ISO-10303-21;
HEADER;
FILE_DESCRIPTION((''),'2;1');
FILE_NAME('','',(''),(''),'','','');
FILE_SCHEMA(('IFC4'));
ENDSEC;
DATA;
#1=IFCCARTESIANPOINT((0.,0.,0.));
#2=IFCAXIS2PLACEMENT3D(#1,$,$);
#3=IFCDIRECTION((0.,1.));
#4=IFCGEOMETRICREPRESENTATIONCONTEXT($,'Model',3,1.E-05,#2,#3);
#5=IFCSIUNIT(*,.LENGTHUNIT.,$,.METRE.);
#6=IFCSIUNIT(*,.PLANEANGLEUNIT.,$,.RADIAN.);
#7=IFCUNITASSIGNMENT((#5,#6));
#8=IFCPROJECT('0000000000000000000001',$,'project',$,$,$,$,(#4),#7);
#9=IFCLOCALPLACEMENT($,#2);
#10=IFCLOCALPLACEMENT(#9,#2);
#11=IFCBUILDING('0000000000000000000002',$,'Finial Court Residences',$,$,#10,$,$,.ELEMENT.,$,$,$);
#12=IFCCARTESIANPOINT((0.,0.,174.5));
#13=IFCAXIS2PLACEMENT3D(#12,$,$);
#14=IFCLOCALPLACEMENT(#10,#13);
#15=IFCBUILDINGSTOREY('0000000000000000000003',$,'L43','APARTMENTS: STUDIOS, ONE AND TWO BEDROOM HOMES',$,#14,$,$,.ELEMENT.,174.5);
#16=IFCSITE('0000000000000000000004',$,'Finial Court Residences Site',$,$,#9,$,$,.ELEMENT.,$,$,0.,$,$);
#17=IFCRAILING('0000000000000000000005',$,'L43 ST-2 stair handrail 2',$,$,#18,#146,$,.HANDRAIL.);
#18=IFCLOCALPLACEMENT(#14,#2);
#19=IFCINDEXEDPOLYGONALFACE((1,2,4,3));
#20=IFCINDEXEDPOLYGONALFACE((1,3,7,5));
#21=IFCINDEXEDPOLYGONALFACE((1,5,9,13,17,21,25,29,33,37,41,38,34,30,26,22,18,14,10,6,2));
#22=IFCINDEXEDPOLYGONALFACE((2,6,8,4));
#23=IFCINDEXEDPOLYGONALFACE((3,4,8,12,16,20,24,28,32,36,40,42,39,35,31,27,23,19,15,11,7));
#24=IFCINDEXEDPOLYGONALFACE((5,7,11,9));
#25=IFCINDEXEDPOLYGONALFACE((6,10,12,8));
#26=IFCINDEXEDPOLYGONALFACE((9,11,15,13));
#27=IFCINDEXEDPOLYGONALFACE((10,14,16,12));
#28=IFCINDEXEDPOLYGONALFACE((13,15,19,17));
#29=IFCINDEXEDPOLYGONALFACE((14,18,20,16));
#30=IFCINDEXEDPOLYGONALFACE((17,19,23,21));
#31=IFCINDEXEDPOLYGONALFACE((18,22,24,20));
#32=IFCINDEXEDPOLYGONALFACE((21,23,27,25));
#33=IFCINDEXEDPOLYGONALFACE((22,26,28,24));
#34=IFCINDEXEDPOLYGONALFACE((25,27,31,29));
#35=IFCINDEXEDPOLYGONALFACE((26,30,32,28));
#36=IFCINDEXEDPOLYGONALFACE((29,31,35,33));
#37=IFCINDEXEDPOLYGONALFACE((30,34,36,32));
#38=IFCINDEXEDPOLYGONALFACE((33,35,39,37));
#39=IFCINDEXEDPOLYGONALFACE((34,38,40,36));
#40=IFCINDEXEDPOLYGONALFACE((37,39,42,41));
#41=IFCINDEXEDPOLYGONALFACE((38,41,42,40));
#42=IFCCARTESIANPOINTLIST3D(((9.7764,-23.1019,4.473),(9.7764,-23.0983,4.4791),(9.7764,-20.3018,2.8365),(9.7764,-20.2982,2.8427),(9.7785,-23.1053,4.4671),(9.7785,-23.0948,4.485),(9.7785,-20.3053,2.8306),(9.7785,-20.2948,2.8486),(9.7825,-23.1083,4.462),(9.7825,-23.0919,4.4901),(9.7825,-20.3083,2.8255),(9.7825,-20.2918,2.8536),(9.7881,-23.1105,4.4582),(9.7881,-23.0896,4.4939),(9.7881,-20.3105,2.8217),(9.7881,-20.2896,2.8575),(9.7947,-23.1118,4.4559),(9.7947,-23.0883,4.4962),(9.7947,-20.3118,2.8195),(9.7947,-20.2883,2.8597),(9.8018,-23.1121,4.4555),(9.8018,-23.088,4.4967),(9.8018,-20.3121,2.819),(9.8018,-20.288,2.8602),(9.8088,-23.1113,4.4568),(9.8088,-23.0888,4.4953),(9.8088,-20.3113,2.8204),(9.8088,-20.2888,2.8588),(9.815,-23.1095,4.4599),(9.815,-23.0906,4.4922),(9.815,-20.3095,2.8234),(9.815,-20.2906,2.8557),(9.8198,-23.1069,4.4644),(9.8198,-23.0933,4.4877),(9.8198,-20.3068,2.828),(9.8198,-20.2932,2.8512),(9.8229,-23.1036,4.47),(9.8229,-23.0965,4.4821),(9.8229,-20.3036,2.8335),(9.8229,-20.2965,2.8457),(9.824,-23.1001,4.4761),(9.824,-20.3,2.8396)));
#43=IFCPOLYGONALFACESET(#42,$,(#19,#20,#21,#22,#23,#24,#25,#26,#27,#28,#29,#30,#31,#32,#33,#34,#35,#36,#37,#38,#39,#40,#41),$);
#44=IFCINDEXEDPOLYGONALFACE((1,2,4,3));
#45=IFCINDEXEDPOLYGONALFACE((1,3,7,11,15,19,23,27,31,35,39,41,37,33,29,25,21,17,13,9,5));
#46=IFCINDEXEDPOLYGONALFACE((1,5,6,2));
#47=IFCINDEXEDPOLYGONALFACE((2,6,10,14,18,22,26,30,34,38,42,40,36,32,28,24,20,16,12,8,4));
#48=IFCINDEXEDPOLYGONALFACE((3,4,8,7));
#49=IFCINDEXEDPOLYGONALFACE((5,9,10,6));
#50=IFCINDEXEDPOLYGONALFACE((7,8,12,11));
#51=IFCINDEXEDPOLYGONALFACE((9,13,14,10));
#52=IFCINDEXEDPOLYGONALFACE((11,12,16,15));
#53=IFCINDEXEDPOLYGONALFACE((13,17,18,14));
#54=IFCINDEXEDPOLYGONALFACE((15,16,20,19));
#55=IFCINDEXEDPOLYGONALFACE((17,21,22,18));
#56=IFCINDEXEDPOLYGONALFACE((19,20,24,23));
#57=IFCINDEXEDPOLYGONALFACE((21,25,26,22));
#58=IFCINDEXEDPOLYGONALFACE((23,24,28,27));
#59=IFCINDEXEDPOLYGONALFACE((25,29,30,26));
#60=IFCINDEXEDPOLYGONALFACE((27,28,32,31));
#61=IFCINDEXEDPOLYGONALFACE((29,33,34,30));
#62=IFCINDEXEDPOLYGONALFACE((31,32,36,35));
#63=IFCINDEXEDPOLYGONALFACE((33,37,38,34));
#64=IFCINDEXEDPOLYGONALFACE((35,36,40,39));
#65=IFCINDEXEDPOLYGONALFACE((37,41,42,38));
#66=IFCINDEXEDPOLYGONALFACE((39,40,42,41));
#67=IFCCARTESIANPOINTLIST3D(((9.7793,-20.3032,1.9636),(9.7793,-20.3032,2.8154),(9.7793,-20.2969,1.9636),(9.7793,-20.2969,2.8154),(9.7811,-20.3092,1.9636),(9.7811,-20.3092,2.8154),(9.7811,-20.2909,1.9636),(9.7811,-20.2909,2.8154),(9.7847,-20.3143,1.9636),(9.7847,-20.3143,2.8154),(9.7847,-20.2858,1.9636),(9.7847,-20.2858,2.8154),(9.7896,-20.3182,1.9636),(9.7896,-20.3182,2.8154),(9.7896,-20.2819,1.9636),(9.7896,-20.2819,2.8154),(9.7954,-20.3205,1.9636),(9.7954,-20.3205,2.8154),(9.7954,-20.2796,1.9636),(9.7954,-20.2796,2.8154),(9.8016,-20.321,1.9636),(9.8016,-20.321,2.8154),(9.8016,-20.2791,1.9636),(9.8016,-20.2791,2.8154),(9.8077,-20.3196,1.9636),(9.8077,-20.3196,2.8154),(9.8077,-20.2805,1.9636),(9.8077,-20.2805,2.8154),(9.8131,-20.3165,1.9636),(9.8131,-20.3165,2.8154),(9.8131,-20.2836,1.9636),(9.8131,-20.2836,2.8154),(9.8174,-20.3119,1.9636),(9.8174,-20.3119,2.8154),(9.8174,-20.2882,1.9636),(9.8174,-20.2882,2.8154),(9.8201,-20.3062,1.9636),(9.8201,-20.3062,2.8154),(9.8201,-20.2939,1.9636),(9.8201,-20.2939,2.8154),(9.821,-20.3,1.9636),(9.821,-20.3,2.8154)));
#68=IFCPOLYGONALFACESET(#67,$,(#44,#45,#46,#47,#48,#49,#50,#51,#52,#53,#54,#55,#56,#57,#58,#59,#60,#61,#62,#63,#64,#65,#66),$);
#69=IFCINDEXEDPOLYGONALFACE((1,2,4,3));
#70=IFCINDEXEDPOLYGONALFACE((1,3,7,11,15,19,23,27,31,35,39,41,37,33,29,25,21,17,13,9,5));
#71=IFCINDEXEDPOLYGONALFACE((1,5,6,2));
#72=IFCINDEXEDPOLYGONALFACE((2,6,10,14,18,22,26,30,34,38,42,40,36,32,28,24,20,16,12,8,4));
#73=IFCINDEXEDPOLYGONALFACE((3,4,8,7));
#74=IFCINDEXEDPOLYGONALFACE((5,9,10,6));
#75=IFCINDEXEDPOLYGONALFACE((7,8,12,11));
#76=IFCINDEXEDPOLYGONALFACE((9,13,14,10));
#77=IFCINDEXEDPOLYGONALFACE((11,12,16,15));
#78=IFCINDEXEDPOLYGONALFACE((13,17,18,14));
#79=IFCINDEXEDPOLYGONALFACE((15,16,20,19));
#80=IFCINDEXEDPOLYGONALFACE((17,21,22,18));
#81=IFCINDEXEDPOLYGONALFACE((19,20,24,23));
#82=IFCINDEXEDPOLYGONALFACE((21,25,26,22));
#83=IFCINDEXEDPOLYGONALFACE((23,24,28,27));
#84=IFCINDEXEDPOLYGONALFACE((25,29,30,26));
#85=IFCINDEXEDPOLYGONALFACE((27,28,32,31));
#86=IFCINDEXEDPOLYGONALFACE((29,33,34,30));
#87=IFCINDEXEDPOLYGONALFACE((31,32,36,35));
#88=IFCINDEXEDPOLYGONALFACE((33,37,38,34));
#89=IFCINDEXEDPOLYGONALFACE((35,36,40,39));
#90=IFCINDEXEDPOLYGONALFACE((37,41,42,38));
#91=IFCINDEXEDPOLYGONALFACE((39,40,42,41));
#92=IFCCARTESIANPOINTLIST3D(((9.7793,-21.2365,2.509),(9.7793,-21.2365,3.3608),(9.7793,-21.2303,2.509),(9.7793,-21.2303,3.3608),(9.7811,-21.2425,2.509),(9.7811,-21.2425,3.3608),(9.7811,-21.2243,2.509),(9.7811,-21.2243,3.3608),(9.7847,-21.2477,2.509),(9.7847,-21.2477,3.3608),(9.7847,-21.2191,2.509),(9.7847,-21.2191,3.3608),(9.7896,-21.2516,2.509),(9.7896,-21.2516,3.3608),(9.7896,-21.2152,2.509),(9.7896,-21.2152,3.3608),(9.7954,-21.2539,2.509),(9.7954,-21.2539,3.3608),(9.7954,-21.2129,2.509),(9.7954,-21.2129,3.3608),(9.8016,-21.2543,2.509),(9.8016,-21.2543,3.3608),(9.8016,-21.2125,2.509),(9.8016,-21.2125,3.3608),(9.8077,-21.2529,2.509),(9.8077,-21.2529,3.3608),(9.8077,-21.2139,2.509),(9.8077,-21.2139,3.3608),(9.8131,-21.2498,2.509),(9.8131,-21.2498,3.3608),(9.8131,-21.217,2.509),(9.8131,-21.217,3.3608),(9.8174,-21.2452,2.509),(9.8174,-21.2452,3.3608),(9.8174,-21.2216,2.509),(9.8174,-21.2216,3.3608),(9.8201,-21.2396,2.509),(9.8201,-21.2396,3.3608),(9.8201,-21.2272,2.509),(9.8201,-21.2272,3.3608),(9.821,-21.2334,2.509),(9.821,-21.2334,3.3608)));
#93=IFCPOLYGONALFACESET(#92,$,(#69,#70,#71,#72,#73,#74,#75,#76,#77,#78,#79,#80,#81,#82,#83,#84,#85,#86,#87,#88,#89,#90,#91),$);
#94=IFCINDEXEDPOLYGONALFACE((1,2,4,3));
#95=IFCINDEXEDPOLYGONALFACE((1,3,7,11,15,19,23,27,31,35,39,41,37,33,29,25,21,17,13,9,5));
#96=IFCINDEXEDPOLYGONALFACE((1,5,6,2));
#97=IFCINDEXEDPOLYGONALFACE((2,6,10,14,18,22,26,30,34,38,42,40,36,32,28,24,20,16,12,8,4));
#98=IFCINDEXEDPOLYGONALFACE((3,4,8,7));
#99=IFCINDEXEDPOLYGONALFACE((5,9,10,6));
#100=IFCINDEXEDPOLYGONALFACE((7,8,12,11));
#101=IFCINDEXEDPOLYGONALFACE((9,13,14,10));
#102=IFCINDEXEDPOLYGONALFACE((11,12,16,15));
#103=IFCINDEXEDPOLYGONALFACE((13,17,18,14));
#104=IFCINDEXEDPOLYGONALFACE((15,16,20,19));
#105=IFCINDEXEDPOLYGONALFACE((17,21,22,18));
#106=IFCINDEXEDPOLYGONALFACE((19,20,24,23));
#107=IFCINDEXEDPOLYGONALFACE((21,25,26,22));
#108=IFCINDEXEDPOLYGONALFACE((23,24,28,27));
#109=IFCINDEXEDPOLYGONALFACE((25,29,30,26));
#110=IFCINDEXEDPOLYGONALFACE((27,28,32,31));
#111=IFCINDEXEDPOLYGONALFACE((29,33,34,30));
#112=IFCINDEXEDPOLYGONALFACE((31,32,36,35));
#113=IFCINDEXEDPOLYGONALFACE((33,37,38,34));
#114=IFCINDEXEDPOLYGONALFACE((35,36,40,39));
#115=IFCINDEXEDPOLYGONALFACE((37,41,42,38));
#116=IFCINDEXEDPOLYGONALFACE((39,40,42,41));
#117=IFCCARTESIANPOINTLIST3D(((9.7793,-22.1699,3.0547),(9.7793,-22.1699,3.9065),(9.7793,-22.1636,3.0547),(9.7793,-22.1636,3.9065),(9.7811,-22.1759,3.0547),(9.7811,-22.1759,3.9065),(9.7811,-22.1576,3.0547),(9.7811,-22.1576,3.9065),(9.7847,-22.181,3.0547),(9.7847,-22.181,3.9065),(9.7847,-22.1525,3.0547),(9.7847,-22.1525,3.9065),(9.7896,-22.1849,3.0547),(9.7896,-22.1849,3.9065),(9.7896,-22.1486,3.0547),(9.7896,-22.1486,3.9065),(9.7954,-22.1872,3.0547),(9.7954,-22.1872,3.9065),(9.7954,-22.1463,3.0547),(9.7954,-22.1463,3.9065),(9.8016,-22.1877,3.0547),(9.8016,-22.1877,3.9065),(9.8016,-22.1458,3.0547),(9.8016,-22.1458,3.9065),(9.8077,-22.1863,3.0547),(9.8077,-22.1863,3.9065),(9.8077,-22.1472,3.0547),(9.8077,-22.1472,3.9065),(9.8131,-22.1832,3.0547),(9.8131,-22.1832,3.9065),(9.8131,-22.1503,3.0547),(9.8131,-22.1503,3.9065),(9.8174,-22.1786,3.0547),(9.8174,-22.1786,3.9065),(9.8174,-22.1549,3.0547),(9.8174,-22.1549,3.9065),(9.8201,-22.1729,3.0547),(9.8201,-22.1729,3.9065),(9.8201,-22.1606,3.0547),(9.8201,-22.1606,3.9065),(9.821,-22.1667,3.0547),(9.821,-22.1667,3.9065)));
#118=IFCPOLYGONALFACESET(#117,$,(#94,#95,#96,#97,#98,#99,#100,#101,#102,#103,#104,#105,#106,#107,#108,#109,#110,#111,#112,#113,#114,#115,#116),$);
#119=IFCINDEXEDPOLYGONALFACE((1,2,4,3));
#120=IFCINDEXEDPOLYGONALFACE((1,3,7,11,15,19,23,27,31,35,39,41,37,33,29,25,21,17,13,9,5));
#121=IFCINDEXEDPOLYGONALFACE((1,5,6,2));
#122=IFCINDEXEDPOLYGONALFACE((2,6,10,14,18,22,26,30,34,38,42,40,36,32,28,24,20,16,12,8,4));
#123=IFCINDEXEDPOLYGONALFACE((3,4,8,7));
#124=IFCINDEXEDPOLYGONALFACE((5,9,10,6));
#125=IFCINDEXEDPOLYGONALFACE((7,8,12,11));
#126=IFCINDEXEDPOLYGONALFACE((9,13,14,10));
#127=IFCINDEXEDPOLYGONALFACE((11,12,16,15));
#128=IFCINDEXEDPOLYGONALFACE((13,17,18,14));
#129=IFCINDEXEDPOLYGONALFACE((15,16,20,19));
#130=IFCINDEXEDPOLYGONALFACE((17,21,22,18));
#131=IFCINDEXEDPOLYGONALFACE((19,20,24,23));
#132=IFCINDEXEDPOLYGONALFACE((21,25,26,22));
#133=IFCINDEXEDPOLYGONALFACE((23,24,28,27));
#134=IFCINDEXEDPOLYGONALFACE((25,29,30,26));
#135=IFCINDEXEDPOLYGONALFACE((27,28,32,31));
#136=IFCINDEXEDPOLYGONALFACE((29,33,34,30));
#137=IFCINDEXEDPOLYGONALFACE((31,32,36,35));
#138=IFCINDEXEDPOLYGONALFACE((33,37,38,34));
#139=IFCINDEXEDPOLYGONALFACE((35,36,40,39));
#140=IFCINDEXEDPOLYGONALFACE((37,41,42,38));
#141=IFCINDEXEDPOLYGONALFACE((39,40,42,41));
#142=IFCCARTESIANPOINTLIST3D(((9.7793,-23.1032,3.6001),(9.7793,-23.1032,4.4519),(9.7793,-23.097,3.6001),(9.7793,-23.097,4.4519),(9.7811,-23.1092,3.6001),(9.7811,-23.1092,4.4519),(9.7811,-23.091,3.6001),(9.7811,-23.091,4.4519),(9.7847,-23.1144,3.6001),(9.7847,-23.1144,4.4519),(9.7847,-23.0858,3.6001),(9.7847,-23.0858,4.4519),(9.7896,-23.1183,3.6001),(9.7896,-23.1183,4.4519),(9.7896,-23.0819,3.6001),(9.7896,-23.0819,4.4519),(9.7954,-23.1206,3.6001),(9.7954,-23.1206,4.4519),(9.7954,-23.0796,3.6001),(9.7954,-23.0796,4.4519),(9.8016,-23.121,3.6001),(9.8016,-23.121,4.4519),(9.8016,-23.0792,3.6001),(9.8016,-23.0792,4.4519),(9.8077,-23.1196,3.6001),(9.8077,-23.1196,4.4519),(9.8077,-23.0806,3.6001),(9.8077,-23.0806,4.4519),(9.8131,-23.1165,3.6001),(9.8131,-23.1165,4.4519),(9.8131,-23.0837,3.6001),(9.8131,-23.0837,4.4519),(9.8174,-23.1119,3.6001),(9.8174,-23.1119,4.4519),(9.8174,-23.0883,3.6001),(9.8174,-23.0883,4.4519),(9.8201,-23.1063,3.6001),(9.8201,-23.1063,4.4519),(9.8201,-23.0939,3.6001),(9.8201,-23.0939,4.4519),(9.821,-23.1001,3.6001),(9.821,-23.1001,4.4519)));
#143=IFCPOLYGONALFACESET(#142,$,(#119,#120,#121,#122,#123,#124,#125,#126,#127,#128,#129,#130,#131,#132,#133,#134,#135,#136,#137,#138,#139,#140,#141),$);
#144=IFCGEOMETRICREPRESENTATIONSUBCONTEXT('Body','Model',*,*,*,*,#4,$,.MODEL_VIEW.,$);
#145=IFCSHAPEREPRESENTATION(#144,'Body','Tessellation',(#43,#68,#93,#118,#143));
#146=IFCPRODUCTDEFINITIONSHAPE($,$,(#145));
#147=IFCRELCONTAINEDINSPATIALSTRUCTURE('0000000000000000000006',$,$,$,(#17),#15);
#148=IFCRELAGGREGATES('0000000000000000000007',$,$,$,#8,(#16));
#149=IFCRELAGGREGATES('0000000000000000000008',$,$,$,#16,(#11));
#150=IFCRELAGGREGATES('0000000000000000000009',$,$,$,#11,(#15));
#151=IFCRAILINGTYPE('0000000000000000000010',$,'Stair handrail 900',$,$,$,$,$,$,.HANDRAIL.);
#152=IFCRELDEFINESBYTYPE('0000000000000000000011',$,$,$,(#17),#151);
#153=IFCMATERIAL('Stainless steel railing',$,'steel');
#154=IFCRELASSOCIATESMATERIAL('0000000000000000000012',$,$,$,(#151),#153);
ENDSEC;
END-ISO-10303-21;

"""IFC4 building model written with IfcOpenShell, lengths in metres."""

from ifc_helpers import new_model, si_unit, direction, frame, origin, origin_2d, place, context, subcontext, project, spatial, circle, extrude, material, type_object, element, save


model = new_model("IFC4")

# Units and contexts
model_context = context("Model", 3, precision=1e-05, world=origin(), true_north=direction((0.0, 1.0)))
body_context = subcontext(model_context, "Body", "Model", "MODEL_VIEW")
ifc_project = project(units=[si_unit("LENGTHUNIT", "METRE"), si_unit("PLANEANGLEUNIT", "RADIAN")], contexts=[model_context])

# Site, building, storey
site_placement = place(None, origin())
site = spatial("IfcSite", under=ifc_project, at=site_placement, Name="Finial Court Residences Site", CompositionType="ELEMENT", RefElevation=0.0)
building_placement = place(site_placement, origin())
building = spatial("IfcBuilding", under=site, at=building_placement, Name="Finial Court Residences", CompositionType="ELEMENT")
storey_placement = place(building_placement, frame((0.0, 0.0, 174.5)))
storey = spatial("IfcBuildingStorey", under=building, at=storey_placement, Name="L43", Description="APARTMENTS: STUDIOS, ONE AND TWO BEDROOM HOMES", CompositionType="ELEMENT", Elevation=174.5)

# Railing
ifc_material_1 = material(Name="Stainless steel railing", Category="steel")
railing_type_1 = type_object("IfcRailingType", Name="Stair handrail 900", PredefinedType="HANDRAIL", material=ifc_material_1)
railing_1_placement = place(storey_placement, frame((9.8, -20.3, 1.9636)))
element("IfcRailing", 1, at=railing_1_placement, inside=storey, type_object=railing_type_1, Name="L43 ST-2 stair handrail 2", PredefinedType="HANDRAIL", context=body_context, shape_type="SweptSolid", body=[
    extrude(circle(Radius=0.0239, at=origin_2d()), frame((0.0, 0.0, 0.876), z_axis=(0.0, -0.863361, 0.504587), x_axis=(1.0, 0.0, 0.0)), (0.0, 0.0, 1.0), 3.2432),
    extrude(circle(Radius=0.021, at=origin_2d()), origin(), (0.0, 0.0, 1.0), 0.8518),
    extrude(circle(Radius=0.021, at=origin_2d()), frame((0.0, -0.9333, 0.5454)), (0.0, 0.0, 1.0), 0.8518),
    extrude(circle(Radius=0.021, at=origin_2d()), frame((0.0, -1.8667, 1.0911)), (0.0, 0.0, 1.0), 0.8518),
    extrude(circle(Radius=0.021, at=origin_2d()), frame((0.0, -2.8, 1.6365)), (0.0, 0.0, 1.0), 0.8518),
])

save(model, "model.ifc")
